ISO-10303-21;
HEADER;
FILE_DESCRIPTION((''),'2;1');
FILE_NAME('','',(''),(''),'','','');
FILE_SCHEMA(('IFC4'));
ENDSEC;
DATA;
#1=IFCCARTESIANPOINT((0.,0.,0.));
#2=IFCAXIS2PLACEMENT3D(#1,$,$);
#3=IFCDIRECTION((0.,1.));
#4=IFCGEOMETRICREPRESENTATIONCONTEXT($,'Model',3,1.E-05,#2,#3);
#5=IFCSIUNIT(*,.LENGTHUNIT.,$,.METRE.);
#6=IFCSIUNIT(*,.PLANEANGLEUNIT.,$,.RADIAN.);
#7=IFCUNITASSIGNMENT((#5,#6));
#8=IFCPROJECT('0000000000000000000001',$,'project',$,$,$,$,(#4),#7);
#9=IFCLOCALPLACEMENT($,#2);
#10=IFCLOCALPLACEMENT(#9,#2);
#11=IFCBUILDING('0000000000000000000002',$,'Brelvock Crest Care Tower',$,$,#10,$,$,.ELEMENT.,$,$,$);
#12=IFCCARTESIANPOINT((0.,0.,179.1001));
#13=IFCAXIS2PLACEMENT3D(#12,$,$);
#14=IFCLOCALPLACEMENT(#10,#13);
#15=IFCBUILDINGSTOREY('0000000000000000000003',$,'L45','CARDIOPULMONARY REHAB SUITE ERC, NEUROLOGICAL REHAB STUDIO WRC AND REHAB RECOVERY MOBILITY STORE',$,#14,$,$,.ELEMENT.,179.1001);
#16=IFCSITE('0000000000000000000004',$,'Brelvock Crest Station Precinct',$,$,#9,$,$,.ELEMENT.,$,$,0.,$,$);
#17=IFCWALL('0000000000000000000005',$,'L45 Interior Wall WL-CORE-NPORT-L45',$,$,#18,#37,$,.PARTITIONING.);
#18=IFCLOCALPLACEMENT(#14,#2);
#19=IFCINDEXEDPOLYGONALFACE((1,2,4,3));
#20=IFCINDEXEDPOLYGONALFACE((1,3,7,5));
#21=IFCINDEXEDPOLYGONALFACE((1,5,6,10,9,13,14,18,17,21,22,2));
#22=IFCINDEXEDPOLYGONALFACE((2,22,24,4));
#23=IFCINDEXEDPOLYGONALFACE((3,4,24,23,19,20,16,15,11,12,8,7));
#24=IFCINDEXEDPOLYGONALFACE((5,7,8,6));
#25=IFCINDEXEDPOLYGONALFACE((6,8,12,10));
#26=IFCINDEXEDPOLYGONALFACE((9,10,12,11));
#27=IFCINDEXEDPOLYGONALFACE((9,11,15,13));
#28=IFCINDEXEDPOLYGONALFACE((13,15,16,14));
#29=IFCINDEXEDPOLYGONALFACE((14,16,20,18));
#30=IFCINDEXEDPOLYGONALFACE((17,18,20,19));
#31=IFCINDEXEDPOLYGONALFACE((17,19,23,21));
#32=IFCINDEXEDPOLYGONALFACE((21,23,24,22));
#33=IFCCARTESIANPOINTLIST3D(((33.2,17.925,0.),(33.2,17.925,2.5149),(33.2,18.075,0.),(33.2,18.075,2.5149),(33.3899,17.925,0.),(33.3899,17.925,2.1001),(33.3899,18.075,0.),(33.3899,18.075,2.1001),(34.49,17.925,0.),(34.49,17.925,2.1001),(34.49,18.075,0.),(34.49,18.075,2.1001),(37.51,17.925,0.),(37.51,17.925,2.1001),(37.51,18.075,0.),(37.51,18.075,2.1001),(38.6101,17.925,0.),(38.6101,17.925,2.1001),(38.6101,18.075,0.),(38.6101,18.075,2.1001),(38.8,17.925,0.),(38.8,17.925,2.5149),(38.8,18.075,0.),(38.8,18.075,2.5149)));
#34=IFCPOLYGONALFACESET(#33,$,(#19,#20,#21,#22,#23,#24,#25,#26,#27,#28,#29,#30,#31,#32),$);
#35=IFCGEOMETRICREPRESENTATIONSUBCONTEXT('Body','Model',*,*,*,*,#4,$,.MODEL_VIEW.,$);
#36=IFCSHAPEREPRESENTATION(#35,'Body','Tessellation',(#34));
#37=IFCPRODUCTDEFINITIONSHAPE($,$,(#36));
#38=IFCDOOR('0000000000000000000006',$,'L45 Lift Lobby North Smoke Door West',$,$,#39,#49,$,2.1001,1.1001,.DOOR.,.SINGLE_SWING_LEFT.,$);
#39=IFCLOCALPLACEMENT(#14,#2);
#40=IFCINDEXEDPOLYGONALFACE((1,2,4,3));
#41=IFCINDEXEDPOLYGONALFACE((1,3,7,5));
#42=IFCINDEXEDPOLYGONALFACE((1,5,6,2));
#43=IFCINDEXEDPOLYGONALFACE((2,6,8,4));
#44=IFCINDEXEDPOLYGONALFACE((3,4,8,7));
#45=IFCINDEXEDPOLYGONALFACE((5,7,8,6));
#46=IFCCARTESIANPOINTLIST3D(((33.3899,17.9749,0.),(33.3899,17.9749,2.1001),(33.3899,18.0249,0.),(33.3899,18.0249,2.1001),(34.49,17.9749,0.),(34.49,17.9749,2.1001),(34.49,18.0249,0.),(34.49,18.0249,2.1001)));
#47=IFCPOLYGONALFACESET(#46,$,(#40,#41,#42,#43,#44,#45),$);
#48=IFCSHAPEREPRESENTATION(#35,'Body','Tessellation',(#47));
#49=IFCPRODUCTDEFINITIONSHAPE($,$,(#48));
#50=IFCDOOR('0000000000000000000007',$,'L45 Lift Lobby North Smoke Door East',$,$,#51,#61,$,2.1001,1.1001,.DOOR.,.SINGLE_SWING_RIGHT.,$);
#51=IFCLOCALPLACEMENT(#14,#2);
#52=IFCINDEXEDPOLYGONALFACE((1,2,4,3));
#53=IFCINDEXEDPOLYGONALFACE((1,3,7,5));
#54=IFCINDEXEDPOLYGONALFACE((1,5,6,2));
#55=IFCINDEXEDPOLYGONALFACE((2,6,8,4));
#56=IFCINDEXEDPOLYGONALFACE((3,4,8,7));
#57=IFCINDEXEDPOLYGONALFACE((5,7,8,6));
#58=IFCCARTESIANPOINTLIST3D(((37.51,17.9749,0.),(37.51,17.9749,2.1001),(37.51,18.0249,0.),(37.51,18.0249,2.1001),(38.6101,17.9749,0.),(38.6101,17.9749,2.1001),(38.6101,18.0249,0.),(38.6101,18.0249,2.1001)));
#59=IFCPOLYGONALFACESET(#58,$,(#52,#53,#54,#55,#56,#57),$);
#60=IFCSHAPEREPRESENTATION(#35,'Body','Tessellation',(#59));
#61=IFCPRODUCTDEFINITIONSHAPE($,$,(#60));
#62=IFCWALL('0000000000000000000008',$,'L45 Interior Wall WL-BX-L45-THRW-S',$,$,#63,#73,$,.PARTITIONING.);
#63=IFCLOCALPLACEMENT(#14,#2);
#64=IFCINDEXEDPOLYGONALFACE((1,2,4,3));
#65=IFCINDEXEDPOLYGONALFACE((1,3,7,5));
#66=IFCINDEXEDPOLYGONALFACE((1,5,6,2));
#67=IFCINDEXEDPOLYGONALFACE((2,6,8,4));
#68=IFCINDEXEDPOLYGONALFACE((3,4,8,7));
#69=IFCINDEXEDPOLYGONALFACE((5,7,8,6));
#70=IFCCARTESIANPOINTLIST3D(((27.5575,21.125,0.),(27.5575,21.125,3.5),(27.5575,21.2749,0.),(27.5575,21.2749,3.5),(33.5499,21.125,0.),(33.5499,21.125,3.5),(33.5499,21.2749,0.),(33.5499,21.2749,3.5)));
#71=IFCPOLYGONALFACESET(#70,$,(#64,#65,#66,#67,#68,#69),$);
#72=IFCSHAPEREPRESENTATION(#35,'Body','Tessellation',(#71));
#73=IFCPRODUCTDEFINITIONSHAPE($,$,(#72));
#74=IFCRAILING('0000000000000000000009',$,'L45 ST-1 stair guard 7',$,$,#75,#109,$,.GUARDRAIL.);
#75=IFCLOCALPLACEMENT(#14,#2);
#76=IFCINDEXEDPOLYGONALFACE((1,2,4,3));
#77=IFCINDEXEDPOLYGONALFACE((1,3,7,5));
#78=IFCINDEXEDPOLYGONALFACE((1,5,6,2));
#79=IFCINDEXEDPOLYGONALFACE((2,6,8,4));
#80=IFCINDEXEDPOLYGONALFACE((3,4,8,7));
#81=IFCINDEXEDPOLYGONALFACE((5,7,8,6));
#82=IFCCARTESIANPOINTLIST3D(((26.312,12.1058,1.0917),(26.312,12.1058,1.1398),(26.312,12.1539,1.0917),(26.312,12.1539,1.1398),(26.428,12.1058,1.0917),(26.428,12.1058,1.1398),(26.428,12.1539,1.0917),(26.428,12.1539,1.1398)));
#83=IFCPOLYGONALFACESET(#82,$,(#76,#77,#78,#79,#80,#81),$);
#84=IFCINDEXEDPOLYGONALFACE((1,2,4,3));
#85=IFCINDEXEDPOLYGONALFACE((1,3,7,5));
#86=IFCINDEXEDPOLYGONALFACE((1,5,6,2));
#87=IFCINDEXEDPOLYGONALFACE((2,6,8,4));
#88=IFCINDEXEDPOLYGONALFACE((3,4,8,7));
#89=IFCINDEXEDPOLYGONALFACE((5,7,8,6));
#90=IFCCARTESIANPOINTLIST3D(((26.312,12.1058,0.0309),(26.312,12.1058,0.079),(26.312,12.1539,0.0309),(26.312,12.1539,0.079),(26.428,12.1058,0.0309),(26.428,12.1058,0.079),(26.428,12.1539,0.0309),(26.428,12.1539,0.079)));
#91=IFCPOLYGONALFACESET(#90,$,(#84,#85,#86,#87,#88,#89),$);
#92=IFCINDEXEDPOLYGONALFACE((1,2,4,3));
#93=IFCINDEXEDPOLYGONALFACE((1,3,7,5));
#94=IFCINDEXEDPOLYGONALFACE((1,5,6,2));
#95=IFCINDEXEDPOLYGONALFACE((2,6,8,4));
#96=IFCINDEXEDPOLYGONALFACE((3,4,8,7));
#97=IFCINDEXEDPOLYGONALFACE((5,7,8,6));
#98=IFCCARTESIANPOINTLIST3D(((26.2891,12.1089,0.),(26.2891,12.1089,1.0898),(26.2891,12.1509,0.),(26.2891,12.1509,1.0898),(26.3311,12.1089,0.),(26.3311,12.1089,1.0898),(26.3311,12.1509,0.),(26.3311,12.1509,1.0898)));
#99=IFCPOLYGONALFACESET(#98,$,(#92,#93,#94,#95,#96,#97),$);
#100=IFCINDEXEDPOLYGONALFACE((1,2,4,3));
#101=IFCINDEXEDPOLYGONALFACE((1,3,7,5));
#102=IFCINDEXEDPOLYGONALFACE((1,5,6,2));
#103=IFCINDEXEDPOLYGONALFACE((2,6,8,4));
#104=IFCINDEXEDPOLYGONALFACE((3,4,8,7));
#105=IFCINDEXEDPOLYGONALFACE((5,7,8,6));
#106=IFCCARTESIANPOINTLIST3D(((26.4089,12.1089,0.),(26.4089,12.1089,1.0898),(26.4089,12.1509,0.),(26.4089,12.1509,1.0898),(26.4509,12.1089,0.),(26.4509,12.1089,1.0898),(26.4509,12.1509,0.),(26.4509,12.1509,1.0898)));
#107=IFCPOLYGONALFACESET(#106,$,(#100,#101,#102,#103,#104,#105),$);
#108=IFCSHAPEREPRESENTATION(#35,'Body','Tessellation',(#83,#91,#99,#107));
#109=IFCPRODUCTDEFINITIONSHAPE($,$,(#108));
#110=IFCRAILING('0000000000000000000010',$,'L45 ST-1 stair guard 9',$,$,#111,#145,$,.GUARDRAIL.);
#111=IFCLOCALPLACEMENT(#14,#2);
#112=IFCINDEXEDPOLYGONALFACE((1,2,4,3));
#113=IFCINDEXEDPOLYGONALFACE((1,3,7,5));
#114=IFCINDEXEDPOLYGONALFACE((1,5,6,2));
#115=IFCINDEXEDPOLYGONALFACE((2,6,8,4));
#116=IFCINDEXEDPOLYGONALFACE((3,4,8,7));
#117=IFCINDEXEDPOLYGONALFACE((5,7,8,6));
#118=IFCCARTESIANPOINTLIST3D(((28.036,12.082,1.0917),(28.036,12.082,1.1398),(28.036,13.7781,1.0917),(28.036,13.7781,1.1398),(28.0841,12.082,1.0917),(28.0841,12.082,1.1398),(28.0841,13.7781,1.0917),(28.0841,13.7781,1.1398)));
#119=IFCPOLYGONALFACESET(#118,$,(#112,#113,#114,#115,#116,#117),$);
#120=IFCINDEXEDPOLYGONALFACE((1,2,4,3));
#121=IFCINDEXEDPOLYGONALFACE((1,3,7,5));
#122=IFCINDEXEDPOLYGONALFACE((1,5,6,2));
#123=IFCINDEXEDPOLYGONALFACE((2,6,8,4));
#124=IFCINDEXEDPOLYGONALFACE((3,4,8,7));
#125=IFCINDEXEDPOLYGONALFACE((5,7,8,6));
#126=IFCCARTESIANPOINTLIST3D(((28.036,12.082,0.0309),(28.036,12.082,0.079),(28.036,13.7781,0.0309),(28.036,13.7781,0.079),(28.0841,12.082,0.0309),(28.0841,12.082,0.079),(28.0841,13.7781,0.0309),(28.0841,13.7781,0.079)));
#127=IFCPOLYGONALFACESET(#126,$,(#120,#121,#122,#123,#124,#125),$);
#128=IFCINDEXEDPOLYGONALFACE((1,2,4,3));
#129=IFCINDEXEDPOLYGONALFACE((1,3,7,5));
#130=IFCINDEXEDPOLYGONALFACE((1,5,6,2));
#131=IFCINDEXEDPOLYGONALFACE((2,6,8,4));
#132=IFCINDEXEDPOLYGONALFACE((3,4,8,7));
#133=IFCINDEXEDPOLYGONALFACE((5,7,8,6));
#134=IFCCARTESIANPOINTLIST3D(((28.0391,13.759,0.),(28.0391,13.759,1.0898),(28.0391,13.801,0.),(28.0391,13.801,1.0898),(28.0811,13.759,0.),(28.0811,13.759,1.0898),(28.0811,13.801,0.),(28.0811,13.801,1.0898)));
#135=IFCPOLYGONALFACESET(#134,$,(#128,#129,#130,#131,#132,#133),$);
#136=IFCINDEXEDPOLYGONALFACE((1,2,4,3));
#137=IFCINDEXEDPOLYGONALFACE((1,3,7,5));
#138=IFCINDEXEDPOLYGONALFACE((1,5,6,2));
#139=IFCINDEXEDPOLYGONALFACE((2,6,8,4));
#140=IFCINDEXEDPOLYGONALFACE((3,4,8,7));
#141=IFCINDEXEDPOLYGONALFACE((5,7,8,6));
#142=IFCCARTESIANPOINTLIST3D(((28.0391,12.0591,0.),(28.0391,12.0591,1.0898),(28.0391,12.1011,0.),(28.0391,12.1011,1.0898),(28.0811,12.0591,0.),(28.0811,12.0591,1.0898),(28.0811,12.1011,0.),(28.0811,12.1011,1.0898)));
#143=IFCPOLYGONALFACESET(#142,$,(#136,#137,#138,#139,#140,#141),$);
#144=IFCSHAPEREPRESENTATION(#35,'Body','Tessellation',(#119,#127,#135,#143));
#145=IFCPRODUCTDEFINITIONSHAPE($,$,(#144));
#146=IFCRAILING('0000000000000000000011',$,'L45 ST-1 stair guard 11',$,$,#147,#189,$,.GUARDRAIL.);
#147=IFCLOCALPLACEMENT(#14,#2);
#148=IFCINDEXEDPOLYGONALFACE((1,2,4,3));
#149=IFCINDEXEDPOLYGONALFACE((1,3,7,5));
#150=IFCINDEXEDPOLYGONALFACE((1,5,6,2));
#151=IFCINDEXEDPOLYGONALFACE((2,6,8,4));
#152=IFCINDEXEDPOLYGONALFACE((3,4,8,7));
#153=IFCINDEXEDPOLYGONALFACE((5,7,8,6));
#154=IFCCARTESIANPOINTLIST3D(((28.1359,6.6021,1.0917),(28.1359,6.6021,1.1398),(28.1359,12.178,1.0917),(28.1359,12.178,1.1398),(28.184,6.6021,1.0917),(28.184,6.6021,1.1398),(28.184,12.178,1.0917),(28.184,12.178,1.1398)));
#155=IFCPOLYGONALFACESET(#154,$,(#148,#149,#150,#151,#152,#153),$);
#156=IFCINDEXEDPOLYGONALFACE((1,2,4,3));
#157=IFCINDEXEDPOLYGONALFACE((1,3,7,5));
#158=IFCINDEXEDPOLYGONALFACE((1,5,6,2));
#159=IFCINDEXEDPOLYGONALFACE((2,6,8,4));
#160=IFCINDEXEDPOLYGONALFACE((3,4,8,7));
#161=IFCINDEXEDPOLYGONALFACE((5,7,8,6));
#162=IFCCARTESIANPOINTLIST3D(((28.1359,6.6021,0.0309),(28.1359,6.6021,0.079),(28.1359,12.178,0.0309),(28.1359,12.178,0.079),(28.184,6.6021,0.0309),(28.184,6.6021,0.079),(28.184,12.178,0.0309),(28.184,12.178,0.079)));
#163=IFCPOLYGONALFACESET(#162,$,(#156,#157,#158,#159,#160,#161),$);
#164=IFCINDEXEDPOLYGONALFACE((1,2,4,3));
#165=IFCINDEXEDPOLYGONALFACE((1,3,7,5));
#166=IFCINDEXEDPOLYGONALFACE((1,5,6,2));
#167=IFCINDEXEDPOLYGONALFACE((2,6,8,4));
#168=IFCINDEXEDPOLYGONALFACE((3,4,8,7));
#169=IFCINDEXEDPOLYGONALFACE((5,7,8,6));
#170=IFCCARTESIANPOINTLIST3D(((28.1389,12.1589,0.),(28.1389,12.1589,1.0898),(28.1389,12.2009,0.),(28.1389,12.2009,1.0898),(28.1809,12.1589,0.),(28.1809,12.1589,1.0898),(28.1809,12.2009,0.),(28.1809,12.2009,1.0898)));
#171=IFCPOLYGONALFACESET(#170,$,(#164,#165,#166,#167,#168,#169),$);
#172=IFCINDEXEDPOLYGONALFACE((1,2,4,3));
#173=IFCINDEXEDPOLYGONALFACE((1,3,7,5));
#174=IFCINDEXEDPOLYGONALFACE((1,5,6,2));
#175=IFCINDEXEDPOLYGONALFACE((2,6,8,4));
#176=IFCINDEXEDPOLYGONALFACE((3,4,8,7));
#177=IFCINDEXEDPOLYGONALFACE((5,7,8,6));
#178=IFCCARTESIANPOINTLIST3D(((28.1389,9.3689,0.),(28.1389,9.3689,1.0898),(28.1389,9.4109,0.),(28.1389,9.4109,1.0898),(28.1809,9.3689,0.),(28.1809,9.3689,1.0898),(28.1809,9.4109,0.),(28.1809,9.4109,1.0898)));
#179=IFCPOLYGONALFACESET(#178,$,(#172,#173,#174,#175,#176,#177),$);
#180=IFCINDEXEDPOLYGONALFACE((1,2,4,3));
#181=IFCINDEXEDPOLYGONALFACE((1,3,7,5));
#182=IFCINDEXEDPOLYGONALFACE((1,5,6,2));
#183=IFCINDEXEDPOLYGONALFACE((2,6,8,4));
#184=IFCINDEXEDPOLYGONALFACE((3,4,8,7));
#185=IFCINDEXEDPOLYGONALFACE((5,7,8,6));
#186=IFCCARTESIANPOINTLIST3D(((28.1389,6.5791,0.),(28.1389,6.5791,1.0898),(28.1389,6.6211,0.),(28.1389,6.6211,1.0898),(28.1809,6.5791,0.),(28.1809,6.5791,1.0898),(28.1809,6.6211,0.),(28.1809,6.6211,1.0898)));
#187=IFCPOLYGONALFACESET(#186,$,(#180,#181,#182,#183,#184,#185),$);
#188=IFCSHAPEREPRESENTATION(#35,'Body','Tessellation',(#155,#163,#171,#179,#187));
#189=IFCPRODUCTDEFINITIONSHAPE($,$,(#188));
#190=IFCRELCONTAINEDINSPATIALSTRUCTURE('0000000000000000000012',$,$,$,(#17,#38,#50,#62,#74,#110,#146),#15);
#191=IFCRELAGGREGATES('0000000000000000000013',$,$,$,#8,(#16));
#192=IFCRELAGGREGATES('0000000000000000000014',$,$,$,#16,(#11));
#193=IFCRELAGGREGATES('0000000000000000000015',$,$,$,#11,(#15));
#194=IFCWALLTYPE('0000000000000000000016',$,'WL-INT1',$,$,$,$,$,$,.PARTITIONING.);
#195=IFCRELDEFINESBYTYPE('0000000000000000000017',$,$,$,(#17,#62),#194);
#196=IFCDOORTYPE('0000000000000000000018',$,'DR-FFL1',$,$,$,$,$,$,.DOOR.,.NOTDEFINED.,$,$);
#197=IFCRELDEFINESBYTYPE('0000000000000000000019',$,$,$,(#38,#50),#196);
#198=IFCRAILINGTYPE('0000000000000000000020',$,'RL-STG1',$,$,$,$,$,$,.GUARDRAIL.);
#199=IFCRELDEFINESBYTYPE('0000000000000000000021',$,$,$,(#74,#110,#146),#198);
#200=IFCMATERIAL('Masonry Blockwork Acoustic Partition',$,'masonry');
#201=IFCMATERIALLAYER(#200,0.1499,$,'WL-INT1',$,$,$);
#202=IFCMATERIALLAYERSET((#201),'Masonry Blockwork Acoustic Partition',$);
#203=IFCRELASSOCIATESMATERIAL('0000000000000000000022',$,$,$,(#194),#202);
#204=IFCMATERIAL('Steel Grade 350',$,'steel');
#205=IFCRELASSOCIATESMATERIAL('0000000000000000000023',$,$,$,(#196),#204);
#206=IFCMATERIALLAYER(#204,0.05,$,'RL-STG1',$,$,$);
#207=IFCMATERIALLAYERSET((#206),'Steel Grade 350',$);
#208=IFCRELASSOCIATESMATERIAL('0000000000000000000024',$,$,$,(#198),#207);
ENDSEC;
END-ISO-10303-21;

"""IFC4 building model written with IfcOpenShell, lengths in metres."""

from ifc_helpers import new_model, si_unit, direction, frame, frame_2d, origin, origin_2d, place, context, subcontext, project, spatial, rectangle, extrude, source, transform, mapped, material, layer, layer_set, type_object, element, fill, save


model = new_model("IFC4")

# Units and contexts
model_context = context("Model", 3, precision=1e-05, world=origin(), true_north=direction((0.0, 1.0)))
body_context = subcontext(model_context, "Body", "Model", "MODEL_VIEW")
ifc_project = project(units=[si_unit("LENGTHUNIT", "METRE"), si_unit("PLANEANGLEUNIT", "RADIAN")], contexts=[model_context])

# Site, building, storey
site_placement = place(None, origin())
site = spatial("IfcSite", under=ifc_project, at=site_placement, Name="Brelvock Crest Station Precinct", CompositionType="ELEMENT", RefElevation=0.0)
building_placement = place(site_placement, origin())
building = spatial("IfcBuilding", under=site, at=building_placement, Name="Brelvock Crest Care Tower", CompositionType="ELEMENT")
storey_placement = place(building_placement, frame((0.0, 0.0, 179.1001)))
storey = spatial("IfcBuildingStorey", under=building, at=storey_placement, Name="L45", Description="CARDIOPULMONARY REHAB SUITE ERC, NEUROLOGICAL REHAB STUDIO WRC AND REHAB RECOVERY MOBILITY STORE", CompositionType="ELEMENT", Elevation=179.1001)

# Shared definitions
ifc_material_1 = material(Name="Steel Grade 350", Category="steel")

# Wall, openings, doors
ifc_material_2 = material(Name="Masonry Blockwork Acoustic Partition", Category="masonry")
ifc_layer_1 = layer(ifc_material_2, 0.1499, Name="WL-INT1")
ifc_layer_set_1 = layer_set([ifc_layer_1], Name="Masonry Blockwork Acoustic Partition")
wall_type = type_object("IfcWallType", Name="WL-INT1", PredefinedType="PARTITIONING", material=ifc_layer_set_1)
wall_1_placement = place(storey_placement, frame((33.2, 18.0, 0.0), z_axis=(0.0, 0.0, 1.0), x_axis=(1.0, 0.0, 0.0)))
wall_1 = element("IfcWall", 1, at=wall_1_placement, inside=storey, type_object=wall_type, Name="L45 Interior Wall WL-CORE-NPORT-L45", PredefinedType="PARTITIONING", context=body_context, shape_type="SweptSolid", body=[
    extrude(rectangle(XDim=5.6001, YDim=0.1499, at=frame_2d((2.8, 0.0))), origin(), (0.0, 0.0, 1.0), 2.5149),
])
opening_1_placement = place(wall_1_placement, frame((0.1899, 0.0, 0.0)))
opening_1 = element("IfcOpeningElement", 2, at=opening_1_placement, cuts=wall_1, PredefinedType="OPENING", context=body_context, shape_type="SweptSolid", body=[
    extrude(rectangle(XDim=1.1001, YDim=2.1001, at=origin_2d()), frame((0.55, 0.085, 1.05), z_axis=(0.0, -1.0, 0.0), x_axis=(1.0, 0.0, 0.0)), (0.0, 0.0, 1.0), 0.1699),
])
opening_2_placement = place(wall_1_placement, frame((4.3101, 0.0, 0.0)))
opening_2 = element("IfcOpeningElement", 3, at=opening_2_placement, cuts=wall_1, PredefinedType="OPENING", context=body_context, shape_type="SweptSolid", body=[
    extrude(rectangle(XDim=1.1001, YDim=2.1001, at=origin_2d()), frame((0.55, 0.085, 1.05), z_axis=(0.0, -1.0, 0.0), x_axis=(1.0, 0.0, 0.0)), (0.0, 0.0, 1.0), 0.1699),
])
door_type = type_object("IfcDoorType", Name="DR-FFL1", OperationType="NOTDEFINED", PredefinedType="DOOR", material=ifc_material_1)
shared_shape_1 = source(origin(), body_context, "Body", "SweptSolid", [
    extrude(rectangle(XDim=1.1001, YDim=2.1001, at=origin_2d()), frame((0.55, 0.0249, 1.05), z_axis=(0.0, -1.0, 0.0), x_axis=(1.0, 0.0, 0.0)), (0.0, 0.0, 1.0), 0.05),
])
door_1_placement = place(opening_1_placement, origin())
door_1 = element("IfcDoor", 4, at=door_1_placement, inside=storey, type_object=door_type, Name="L45 Lift Lobby North Smoke Door West", OperationType="SINGLE_SWING_LEFT", OverallHeight=2.1001, OverallWidth=1.1001, PredefinedType="DOOR", context=body_context, shape_type="MappedRepresentation", body=[
    mapped(shared_shape_1, transform((0.0, 0.0, 0.0), x_axis=(1.0, 0.0, 0.0), y_axis=(0.0, 1.0, 0.0), z_axis=(0.0, 0.0, 1.0), scale=1.0)),
])
fill(opening_1, door_1)
door_2_placement = place(opening_2_placement, origin())
door_2 = element("IfcDoor", 5, at=door_2_placement, inside=storey, type_object=door_type, Name="L45 Lift Lobby North Smoke Door East", OperationType="SINGLE_SWING_RIGHT", OverallHeight=2.1001, OverallWidth=1.1001, PredefinedType="DOOR", context=body_context, shape_type="MappedRepresentation", body=[
    mapped(shared_shape_1, transform((0.0, 0.0, 0.0), x_axis=(1.0, 0.0, 0.0), y_axis=(0.0, 1.0, 0.0), z_axis=(0.0, 0.0, 1.0), scale=1.0)),
])
fill(opening_2, door_2)

# Wall
wall_2_placement = place(storey_placement, frame((27.5576, 21.2, 0.0), z_axis=(0.0, 0.0, 1.0), x_axis=(1.0, 0.0, 0.0)))
element("IfcWall", 6, at=wall_2_placement, inside=storey, type_object=wall_type, Name="L45 Interior Wall WL-BX-L45-THRW-S", PredefinedType="PARTITIONING", context=body_context, shape_type="SweptSolid", body=[
    extrude(rectangle(XDim=5.9924, YDim=0.1499, at=frame_2d((2.9961, 0.0))), origin(), (0.0, 0.0, 1.0), 3.5),
])

# Railings
ifc_layer_2 = layer(ifc_material_1, 0.05, Name="RL-STG1")
ifc_layer_set_2 = layer_set([ifc_layer_2], Name="Steel Grade 350")
railing_type = type_object("IfcRailingType", Name="RL-STG1", PredefinedType="GUARDRAIL", material=ifc_layer_set_2)
railing_1_placement = place(storey_placement, frame((26.3101, 12.1299, 0.0)))
element("IfcRailing", 7, at=railing_1_placement, inside=storey, type_object=railing_type, Name="L45 ST-1 stair guard 7", PredefinedType="GUARDRAIL", context=body_context, shape_type="SweptSolid", body=[
    extrude(rectangle(XDim=0.0481, YDim=0.0481, at=origin_2d()), frame((0.002, 0.0, 1.1157), z_axis=(1.0, 0.0, 0.0), x_axis=(0.0, 1.0, 0.0)), (0.0, 0.0, 1.0), 0.116),
    extrude(rectangle(XDim=0.0481, YDim=0.0481, at=origin_2d()), frame((0.002, 0.0, 0.0549), z_axis=(1.0, 0.0, 0.0), x_axis=(0.0, 1.0, 0.0)), (0.0, 0.0, 1.0), 0.116),
    extrude(rectangle(XDim=0.042, YDim=0.042, at=origin_2d()), origin(), (0.0, 0.0, 1.0), 1.0898),
    extrude(rectangle(XDim=0.042, YDim=0.042, at=origin_2d()), frame((0.1199, 0.0, 0.0)), (0.0, 0.0, 1.0), 1.0898),
])
railing_2_placement = place(storey_placement, frame((28.0601, 13.78, 0.0)))
element("IfcRailing", 8, at=railing_2_placement, inside=storey, type_object=railing_type, Name="L45 ST-1 stair guard 9", PredefinedType="GUARDRAIL", context=body_context, shape_type="SweptSolid", body=[
    extrude(rectangle(XDim=0.0481, YDim=0.0481, at=origin_2d()), frame((0.0, -0.002, 1.1157), z_axis=(0.0, -1.0, 0.0), x_axis=(1.0, 0.0, 0.0)), (0.0, 0.0, 1.0), 1.696),
    extrude(rectangle(XDim=0.0481, YDim=0.0481, at=origin_2d()), frame((0.0, -0.002, 0.0549), z_axis=(0.0, -1.0, 0.0), x_axis=(1.0, 0.0, 0.0)), (0.0, 0.0, 1.0), 1.696),
    extrude(rectangle(XDim=0.042, YDim=0.042, at=origin_2d()), origin(), (0.0, 0.0, 1.0), 1.0898),
    extrude(rectangle(XDim=0.042, YDim=0.042, at=origin_2d()), frame((0.0, -1.7, 0.0)), (0.0, 0.0, 1.0), 1.0898),
])
railing_3_placement = place(storey_placement, frame((28.1599, 12.1799, 0.0)))
element("IfcRailing", 9, at=railing_3_placement, inside=storey, type_object=railing_type, Name="L45 ST-1 stair guard 11", PredefinedType="GUARDRAIL", context=body_context, shape_type="SweptSolid", body=[
    extrude(rectangle(XDim=0.0481, YDim=0.0481, at=origin_2d()), frame((0.0, -0.002, 1.1157), z_axis=(0.0, -1.0, 0.0), x_axis=(1.0, 0.0, 0.0)), (0.0, 0.0, 1.0), 5.5759),
    extrude(rectangle(XDim=0.0481, YDim=0.0481, at=origin_2d()), frame((0.0, -0.002, 0.0549), z_axis=(0.0, -1.0, 0.0), x_axis=(1.0, 0.0, 0.0)), (0.0, 0.0, 1.0), 5.5759),
    extrude(rectangle(XDim=0.042, YDim=0.042, at=origin_2d()), origin(), (0.0, 0.0, 1.0), 1.0898),
    extrude(rectangle(XDim=0.042, YDim=0.042, at=origin_2d()), frame((0.0, -2.79, 0.0)), (0.0, 0.0, 1.0), 1.0898),
    extrude(rectangle(XDim=0.042, YDim=0.042, at=origin_2d()), frame((0.0, -5.5798, 0.0)), (0.0, 0.0, 1.0), 1.0898),
])

save(model, "model.ifc")
